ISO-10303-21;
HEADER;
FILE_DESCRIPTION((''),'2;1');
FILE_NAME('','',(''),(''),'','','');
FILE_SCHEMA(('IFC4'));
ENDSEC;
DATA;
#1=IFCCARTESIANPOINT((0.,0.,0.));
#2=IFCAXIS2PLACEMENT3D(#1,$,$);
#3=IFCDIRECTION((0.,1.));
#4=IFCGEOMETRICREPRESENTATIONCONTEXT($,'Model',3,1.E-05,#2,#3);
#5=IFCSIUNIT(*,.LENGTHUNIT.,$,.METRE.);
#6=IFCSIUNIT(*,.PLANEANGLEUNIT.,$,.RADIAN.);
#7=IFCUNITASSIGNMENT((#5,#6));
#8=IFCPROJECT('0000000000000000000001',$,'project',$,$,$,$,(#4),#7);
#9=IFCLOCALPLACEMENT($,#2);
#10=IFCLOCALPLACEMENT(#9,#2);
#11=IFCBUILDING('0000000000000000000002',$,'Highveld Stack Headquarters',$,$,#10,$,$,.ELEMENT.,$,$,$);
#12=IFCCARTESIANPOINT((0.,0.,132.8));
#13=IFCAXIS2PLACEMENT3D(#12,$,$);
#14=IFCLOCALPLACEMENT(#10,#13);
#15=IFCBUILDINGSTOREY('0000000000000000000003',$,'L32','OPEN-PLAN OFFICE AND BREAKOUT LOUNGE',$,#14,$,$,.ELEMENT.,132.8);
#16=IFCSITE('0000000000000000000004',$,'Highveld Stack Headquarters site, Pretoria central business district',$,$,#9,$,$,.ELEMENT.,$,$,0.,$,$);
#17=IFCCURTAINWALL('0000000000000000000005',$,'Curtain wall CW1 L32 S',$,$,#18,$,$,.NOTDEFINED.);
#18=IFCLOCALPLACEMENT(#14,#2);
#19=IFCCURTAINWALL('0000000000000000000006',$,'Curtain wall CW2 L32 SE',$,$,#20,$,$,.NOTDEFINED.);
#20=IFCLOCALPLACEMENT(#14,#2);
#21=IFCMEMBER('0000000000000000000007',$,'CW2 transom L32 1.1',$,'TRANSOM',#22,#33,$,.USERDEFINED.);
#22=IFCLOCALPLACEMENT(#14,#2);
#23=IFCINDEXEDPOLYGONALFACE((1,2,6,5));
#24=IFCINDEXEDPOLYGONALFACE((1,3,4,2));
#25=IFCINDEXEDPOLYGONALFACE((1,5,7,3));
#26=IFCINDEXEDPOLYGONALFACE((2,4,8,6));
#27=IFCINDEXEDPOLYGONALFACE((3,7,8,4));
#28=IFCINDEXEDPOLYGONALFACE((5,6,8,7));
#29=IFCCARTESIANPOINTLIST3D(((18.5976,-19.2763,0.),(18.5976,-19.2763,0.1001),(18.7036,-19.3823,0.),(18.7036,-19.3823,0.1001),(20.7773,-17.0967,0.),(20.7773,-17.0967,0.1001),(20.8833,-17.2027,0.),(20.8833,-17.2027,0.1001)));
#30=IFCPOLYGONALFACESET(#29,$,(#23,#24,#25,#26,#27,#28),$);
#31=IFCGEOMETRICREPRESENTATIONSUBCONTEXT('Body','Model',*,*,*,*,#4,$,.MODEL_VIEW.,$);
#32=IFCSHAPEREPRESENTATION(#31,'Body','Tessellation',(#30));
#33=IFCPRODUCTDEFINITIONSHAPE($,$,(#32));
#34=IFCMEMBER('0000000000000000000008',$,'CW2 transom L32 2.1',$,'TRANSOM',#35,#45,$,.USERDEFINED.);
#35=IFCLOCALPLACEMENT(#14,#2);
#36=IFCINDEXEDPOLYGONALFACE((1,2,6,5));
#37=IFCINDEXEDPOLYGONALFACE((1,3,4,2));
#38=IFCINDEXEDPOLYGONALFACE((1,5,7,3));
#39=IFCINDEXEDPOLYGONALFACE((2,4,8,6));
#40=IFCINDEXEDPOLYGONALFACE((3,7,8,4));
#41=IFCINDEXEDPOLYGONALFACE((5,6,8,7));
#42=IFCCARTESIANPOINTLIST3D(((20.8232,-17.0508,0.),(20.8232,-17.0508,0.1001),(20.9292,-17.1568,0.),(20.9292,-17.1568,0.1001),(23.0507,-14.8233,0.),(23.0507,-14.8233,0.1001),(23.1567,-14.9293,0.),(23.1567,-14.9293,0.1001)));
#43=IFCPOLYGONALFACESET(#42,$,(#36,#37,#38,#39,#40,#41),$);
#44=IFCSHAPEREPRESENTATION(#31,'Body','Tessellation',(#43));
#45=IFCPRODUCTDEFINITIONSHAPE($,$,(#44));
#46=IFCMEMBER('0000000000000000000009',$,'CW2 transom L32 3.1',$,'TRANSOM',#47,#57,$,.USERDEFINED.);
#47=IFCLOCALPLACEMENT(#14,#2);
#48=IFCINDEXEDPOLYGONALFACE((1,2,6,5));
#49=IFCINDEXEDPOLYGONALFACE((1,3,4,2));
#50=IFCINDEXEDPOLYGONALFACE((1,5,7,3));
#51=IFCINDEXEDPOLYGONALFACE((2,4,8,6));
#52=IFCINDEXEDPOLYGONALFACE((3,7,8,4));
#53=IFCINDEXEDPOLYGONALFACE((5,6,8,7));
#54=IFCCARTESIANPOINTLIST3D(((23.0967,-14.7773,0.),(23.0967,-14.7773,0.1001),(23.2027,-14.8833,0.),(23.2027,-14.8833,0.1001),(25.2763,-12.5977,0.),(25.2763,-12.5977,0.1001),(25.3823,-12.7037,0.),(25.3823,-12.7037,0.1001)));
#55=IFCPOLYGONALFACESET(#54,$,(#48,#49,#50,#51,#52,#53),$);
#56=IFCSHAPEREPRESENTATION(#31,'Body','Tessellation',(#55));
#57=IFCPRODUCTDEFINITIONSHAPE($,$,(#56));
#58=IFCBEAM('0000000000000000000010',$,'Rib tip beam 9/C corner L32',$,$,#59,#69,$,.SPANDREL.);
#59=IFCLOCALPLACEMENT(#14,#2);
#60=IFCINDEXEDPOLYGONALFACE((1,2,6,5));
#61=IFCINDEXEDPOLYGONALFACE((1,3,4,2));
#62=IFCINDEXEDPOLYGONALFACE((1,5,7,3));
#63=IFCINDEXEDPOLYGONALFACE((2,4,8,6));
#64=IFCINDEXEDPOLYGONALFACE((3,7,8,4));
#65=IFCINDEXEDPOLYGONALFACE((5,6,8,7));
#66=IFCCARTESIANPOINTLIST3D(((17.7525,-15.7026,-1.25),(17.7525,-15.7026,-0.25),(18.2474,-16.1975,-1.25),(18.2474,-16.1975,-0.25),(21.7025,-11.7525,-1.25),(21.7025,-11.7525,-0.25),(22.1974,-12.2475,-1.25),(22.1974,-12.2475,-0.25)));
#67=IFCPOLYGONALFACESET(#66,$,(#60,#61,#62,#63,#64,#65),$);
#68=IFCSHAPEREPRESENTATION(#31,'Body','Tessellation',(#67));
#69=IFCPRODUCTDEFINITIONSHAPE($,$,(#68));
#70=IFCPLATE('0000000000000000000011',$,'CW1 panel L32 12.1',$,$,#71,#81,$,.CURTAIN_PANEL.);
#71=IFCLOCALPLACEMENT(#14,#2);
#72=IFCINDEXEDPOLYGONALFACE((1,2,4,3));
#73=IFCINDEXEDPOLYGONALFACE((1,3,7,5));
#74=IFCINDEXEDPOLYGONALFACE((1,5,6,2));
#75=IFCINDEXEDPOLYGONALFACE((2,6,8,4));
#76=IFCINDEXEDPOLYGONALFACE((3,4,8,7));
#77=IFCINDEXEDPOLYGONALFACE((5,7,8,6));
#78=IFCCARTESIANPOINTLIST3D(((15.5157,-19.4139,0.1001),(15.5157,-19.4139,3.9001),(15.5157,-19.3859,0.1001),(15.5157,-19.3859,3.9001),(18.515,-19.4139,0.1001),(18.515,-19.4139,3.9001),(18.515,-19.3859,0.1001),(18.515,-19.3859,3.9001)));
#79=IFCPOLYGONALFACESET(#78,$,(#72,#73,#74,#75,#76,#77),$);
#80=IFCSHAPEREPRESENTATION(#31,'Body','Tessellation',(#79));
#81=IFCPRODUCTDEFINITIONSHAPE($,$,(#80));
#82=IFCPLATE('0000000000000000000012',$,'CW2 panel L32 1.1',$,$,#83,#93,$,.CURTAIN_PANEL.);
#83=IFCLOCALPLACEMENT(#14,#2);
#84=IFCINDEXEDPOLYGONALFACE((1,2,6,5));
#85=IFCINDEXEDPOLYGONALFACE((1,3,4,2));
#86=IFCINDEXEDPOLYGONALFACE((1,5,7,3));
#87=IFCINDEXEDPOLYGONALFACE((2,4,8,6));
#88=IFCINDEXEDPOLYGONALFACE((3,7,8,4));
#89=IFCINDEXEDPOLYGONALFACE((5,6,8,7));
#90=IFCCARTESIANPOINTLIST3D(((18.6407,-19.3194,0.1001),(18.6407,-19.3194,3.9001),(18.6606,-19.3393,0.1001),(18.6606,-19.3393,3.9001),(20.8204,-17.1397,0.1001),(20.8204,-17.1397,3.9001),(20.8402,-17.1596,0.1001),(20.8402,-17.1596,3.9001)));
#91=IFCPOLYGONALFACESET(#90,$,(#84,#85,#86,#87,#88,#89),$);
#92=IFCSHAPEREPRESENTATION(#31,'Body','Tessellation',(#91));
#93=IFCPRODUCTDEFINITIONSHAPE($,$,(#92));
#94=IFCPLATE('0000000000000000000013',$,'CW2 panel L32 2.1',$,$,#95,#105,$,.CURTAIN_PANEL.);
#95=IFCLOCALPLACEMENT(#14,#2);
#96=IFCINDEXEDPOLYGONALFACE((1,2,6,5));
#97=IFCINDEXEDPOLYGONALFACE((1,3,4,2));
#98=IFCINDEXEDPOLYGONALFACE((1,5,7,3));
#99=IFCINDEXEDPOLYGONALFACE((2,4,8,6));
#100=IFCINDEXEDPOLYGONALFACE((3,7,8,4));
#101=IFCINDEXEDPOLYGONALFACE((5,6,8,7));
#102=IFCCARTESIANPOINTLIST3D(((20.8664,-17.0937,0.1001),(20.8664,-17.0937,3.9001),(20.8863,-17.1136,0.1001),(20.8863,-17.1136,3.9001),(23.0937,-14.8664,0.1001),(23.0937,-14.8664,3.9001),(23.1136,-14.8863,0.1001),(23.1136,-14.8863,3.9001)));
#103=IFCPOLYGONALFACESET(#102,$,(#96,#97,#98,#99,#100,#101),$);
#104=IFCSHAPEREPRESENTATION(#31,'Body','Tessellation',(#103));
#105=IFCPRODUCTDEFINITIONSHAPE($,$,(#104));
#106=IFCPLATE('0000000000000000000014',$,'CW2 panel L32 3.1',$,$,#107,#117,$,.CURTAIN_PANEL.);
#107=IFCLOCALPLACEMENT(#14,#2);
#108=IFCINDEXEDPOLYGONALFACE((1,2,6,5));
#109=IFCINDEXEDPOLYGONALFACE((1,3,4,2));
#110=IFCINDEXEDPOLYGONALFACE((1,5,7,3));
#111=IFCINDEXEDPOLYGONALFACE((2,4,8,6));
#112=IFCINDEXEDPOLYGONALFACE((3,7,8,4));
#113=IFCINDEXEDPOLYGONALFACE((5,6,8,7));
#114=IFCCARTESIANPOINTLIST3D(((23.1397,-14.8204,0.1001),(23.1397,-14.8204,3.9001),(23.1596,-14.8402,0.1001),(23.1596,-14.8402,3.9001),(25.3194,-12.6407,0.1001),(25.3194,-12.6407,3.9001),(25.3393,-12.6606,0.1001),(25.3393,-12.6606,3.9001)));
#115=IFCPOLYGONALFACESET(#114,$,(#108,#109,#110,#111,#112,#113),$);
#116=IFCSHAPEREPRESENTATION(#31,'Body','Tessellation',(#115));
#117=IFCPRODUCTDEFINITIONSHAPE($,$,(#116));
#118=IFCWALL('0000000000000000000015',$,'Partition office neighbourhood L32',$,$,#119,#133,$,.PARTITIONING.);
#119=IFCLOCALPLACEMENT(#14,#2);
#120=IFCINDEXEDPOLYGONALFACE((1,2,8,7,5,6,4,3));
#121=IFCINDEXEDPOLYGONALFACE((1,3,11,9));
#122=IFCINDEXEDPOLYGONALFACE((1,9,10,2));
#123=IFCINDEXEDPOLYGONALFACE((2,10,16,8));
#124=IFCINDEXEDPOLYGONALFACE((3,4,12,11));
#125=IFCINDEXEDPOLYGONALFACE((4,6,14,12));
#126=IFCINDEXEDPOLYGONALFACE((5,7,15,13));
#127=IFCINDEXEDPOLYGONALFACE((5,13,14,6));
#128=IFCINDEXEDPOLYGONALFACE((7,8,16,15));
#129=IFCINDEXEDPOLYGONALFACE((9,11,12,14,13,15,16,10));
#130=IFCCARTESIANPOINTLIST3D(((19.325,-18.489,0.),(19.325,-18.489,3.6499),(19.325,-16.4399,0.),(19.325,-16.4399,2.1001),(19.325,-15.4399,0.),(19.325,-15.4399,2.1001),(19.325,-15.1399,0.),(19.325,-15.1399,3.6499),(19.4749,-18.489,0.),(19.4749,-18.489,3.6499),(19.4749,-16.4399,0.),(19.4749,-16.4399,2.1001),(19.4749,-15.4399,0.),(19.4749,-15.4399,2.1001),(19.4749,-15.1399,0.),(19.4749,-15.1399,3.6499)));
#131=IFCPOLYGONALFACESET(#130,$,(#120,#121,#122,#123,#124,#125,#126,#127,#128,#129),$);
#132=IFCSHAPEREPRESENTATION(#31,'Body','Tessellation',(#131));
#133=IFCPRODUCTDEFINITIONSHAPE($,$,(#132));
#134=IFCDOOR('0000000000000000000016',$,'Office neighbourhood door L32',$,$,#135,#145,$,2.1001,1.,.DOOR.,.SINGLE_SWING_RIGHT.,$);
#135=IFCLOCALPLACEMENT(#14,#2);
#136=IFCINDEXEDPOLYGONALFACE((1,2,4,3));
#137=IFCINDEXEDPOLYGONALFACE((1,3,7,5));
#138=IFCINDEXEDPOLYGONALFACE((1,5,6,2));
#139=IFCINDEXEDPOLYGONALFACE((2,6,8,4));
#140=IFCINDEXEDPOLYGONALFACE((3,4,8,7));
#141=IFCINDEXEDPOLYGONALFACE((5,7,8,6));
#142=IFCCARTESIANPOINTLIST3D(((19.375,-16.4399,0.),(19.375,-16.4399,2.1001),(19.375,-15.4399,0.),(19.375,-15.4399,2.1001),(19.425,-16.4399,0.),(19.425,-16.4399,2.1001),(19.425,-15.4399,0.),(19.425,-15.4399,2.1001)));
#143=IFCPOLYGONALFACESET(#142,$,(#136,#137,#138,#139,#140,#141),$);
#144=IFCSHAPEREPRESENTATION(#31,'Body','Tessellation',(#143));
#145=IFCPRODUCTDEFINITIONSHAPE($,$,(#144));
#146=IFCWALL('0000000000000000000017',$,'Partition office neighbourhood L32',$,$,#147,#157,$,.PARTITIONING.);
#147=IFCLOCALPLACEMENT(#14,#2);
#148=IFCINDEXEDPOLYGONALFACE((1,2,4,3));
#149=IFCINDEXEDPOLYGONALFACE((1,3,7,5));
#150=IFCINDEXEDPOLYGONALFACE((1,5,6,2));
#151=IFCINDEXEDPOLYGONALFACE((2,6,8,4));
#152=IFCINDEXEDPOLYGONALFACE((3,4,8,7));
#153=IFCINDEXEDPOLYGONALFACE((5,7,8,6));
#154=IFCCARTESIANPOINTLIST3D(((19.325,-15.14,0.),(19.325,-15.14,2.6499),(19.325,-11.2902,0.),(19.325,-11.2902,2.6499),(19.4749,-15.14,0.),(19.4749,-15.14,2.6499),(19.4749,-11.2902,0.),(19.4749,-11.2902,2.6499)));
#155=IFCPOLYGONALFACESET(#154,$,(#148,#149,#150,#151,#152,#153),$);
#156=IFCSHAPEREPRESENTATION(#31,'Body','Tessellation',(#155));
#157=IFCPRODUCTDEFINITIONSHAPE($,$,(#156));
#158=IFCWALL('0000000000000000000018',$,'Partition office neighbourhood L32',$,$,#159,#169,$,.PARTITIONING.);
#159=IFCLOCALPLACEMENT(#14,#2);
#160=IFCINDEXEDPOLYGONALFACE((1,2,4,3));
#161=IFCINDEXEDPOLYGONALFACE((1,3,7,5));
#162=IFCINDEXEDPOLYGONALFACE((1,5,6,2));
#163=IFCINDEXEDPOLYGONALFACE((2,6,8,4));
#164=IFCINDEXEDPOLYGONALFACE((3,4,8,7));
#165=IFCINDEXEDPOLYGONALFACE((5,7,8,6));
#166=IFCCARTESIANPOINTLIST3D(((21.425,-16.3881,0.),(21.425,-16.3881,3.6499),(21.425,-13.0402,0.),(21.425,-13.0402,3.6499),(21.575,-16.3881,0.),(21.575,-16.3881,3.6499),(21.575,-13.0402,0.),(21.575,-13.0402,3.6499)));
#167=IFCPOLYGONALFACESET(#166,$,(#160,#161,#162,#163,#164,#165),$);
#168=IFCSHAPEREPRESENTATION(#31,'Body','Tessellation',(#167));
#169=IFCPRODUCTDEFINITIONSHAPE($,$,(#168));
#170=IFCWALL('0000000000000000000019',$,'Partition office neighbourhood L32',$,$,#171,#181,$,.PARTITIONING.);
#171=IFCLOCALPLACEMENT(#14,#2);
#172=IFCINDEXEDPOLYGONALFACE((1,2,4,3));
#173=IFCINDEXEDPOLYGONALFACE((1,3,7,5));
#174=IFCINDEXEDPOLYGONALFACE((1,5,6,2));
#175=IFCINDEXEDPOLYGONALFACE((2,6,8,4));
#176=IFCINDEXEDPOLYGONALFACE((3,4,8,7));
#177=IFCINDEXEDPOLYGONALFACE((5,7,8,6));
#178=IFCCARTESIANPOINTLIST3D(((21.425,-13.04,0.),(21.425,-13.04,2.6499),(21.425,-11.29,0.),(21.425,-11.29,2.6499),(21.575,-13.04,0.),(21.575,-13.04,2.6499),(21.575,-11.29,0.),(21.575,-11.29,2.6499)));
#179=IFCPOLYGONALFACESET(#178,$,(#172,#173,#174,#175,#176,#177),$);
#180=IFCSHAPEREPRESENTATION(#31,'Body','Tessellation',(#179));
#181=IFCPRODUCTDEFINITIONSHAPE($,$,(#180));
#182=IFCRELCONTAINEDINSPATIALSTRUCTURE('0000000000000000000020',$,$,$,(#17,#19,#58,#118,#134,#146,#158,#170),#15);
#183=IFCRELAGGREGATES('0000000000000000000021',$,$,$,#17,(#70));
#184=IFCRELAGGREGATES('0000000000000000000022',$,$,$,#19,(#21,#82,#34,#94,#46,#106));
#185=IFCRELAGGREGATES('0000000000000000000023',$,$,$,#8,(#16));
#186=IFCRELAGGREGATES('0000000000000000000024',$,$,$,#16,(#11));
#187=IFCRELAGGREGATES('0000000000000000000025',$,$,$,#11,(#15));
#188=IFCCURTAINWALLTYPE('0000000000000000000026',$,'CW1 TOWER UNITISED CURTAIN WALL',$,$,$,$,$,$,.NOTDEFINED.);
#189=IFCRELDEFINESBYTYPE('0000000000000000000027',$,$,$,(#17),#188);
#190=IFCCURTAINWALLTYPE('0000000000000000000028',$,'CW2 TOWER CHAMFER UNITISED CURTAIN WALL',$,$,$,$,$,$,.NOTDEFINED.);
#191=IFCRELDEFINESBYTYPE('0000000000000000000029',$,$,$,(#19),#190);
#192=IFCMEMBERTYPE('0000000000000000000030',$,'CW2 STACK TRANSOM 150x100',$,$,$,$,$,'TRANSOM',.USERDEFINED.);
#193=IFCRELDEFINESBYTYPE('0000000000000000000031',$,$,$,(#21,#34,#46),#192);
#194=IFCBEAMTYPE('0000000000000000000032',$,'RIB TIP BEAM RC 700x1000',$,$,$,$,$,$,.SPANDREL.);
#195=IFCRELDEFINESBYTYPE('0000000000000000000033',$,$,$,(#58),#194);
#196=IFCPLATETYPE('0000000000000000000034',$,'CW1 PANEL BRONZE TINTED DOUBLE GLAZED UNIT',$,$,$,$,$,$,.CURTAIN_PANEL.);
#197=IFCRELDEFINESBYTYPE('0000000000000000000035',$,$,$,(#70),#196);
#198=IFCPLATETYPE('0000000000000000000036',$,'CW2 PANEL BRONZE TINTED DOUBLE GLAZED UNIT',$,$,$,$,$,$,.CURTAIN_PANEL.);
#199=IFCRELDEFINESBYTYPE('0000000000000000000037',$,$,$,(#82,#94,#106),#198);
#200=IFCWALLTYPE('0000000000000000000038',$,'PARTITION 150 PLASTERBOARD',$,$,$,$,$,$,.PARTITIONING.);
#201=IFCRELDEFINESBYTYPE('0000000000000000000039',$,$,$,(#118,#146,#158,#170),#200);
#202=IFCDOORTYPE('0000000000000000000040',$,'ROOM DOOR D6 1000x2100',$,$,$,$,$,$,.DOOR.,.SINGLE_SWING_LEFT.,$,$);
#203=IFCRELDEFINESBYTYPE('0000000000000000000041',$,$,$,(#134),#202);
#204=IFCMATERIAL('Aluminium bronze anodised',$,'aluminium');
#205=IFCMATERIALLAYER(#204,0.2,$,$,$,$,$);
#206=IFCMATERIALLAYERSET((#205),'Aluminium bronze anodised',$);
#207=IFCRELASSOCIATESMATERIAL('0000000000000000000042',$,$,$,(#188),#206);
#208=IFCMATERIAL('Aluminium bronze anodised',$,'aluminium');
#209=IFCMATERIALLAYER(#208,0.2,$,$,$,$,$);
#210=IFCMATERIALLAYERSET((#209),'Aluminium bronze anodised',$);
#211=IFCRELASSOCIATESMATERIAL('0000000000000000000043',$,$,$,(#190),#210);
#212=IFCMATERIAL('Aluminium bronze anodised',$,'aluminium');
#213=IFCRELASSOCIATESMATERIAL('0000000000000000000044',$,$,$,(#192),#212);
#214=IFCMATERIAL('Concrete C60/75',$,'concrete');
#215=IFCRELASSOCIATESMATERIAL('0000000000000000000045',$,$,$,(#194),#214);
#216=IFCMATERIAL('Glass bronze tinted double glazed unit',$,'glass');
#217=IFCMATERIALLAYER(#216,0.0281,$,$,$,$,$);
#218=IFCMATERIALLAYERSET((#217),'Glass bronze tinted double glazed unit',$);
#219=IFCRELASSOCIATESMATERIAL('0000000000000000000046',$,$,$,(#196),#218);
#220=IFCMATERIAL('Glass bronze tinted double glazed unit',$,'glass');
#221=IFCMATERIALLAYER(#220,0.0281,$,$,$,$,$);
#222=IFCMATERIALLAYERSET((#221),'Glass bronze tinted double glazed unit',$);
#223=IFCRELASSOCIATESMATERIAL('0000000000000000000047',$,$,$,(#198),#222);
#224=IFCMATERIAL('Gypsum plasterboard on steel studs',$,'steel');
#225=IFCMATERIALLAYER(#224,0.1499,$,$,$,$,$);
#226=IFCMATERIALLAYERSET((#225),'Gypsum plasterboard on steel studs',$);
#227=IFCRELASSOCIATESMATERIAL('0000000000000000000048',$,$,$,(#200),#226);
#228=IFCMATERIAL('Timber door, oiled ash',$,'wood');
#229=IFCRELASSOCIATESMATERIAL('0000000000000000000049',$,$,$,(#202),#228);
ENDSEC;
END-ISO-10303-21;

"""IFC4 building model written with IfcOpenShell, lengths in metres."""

from ifc_helpers import new_model, si_unit, direction, frame, frame_2d, origin, origin_2d, place, context, subcontext, project, spatial, rectangle, extrude, material, layer, layer_set, material_profile, profile_set, type_object, element, fill, aggregate, save


model = new_model("IFC4")

# Units and contexts
model_context = context("Model", 3, precision=1e-05, world=origin(), true_north=direction((0.0, 1.0)))
body_context = subcontext(model_context, "Body", "Model", "MODEL_VIEW")
ifc_project = project(units=[si_unit("LENGTHUNIT", "METRE"), si_unit("PLANEANGLEUNIT", "RADIAN")], contexts=[model_context])

# Site, building, storey
site_placement = place(None, origin())
site = spatial("IfcSite", under=ifc_project, at=site_placement, Name="Highveld Stack Headquarters site, Pretoria central business district", CompositionType="ELEMENT", RefElevation=0.0)
building_placement = place(site_placement, origin())
building = spatial("IfcBuilding", under=site, at=building_placement, Name="Highveld Stack Headquarters", CompositionType="ELEMENT")
storey_placement = place(building_placement, frame((0.0, 0.0, 132.8)))
storey = spatial("IfcBuildingStorey", under=building, at=storey_placement, Name="L32", Description="OPEN-PLAN OFFICE AND BREAKOUT LOUNGE", CompositionType="ELEMENT", Elevation=132.8)

# Curtain wall
ifc_material_1 = material(Name="Aluminium bronze anodised", Category="aluminium")
ifc_layer_1 = layer(ifc_material_1, 0.2)
ifc_layer_set_1 = layer_set([ifc_layer_1], Name="Aluminium bronze anodised")
curtain_wall_type_1 = type_object("IfcCurtainWallType", Name="CW1 TOWER UNITISED CURTAIN WALL", PredefinedType="NOTDEFINED", material=ifc_layer_set_1)
curtain_wall_1_placement = place(storey_placement, origin())
curtain_wall_1 = element("IfcCurtainWall", 1, at=curtain_wall_1_placement, inside=storey, type_object=curtain_wall_type_1, Name="Curtain wall CW1 L32 S", PredefinedType="NOTDEFINED")

# Curtain wall, members
ifc_material_2 = material(Name="Aluminium bronze anodised", Category="aluminium")
ifc_layer_2 = layer(ifc_material_2, 0.2)
ifc_layer_set_2 = layer_set([ifc_layer_2], Name="Aluminium bronze anodised")
curtain_wall_type_2 = type_object("IfcCurtainWallType", Name="CW2 TOWER CHAMFER UNITISED CURTAIN WALL", PredefinedType="NOTDEFINED", material=ifc_layer_set_2)
curtain_wall_2_placement = place(storey_placement, origin())
curtain_wall_2 = element("IfcCurtainWall", 2, at=curtain_wall_2_placement, inside=storey, type_object=curtain_wall_type_2, Name="Curtain wall CW2 L32 SE", PredefinedType="NOTDEFINED")
ifc_material_3 = material(Name="Aluminium bronze anodised", Category="aluminium")
ifc_material_profile_1 = material_profile(ifc_material_3, rectangle(XDim=0.1499, YDim=0.1001, at=origin_2d()), Name="CW2 TRANSOM 150x100")
ifc_profile_set_1 = profile_set([ifc_material_profile_1], Name="Aluminium bronze anodised")
member_type_1 = type_object("IfcMemberType", Name="CW2 STACK TRANSOM 150x100", ElementType="TRANSOM", PredefinedType="USERDEFINED", material=ifc_profile_set_1)
member_1_placement = place(storey_placement, frame((18.6506, -19.3293, 0.05), z_axis=(0.707107, 0.707107, 0.0), x_axis=(-0.707107, 0.707107, 0.0)))
member_1 = element("IfcMember", 3, at=member_1_placement, type_object=member_type_1, Name="CW2 transom L32 1.1", ObjectType="TRANSOM", PredefinedType="USERDEFINED", context=body_context, shape_type="SweptSolid", body=[
    extrude(rectangle(XDim=0.1499, YDim=0.1001, at=origin_2d()), origin(), (0.0, 0.0, 1.0), 3.0825),
])
member_2_placement = place(storey_placement, frame((20.8762, -17.1038, 0.05), z_axis=(0.707107, 0.707107, 0.0), x_axis=(-0.707107, 0.707107, 0.0)))
member_2 = element("IfcMember", 4, at=member_2_placement, type_object=member_type_1, Name="CW2 transom L32 2.1", ObjectType="TRANSOM", PredefinedType="USERDEFINED", context=body_context, shape_type="SweptSolid", body=[
    extrude(rectangle(XDim=0.1499, YDim=0.1001, at=origin_2d()), origin(), (0.0, 0.0, 1.0), 3.1501),
])
member_3_placement = place(storey_placement, frame((23.1497, -14.8303, 0.05), z_axis=(0.707107, 0.707107, 0.0), x_axis=(-0.707107, 0.707107, 0.0)))
member_3 = element("IfcMember", 5, at=member_3_placement, type_object=member_type_1, Name="CW2 transom L32 3.1", ObjectType="TRANSOM", PredefinedType="USERDEFINED", context=body_context, shape_type="SweptSolid", body=[
    extrude(rectangle(XDim=0.1499, YDim=0.1001, at=origin_2d()), origin(), (0.0, 0.0, 1.0), 3.0825),
])

# Beam
ifc_material_4 = material(Name="Concrete C60/75", Category="concrete")
ifc_material_profile_2 = material_profile(ifc_material_4, rectangle(XDim=0.7, YDim=1.0, at=origin_2d()), Name="RC 700x1000")
ifc_profile_set_2 = profile_set([ifc_material_profile_2], Name="Concrete C60/75")
beam_type_1 = type_object("IfcBeamType", Name="RIB TIP BEAM RC 700x1000", PredefinedType="SPANDREL", material=ifc_profile_set_2)
beam_1_placement = place(storey_placement, frame((21.95, -12.0, -0.75), z_axis=(-0.707107, -0.707107, 0.0), x_axis=(0.707107, -0.707107, 0.0)))
element("IfcBeam", 6, at=beam_1_placement, inside=storey, type_object=beam_type_1, Name="Rib tip beam 9/C corner L32", PredefinedType="SPANDREL", context=body_context, shape_type="SweptSolid", body=[
    extrude(rectangle(XDim=0.7, YDim=1.0, at=origin_2d()), origin(), (0.0, 0.0, 1.0), 5.5862),
])

# Plates
ifc_material_5 = material(Name="Glass bronze tinted double glazed unit", Category="glass")
ifc_layer_3 = layer(ifc_material_5, 0.0281)
ifc_layer_set_3 = layer_set([ifc_layer_3], Name="Glass bronze tinted double glazed unit")
plate_type_1 = type_object("IfcPlateType", Name="CW1 PANEL BRONZE TINTED DOUBLE GLAZED UNIT", PredefinedType="CURTAIN_PANEL", material=ifc_layer_set_3)
plate_1_placement = place(storey_placement, frame((17.0154, -19.3999, 0.1001), z_axis=(0.0, 0.0, 1.0), x_axis=(1.0, 0.0, 0.0)))
plate_1 = element("IfcPlate", 7, at=plate_1_placement, type_object=plate_type_1, Name="CW1 panel L32 12.1", PredefinedType="CURTAIN_PANEL", context=body_context, shape_type="SweptSolid", body=[
    extrude(rectangle(XDim=2.9993, YDim=0.0281, at=origin_2d()), origin(), (0.0, 0.0, 1.0), 3.8),
])
aggregate(curtain_wall_1, [plate_1])
ifc_material_6 = material(Name="Glass bronze tinted double glazed unit", Category="glass")
ifc_layer_4 = layer(ifc_material_6, 0.0281)
ifc_layer_set_4 = layer_set([ifc_layer_4], Name="Glass bronze tinted double glazed unit")
plate_type_2 = type_object("IfcPlateType", Name="CW2 PANEL BRONZE TINTED DOUBLE GLAZED UNIT", PredefinedType="CURTAIN_PANEL", material=ifc_layer_set_4)
plate_2_placement = place(storey_placement, frame((19.7405, -18.2395, 0.1001), z_axis=(0.0, 0.0, 1.0), x_axis=(0.707107, 0.707107, 0.0)))
plate_2 = element("IfcPlate", 8, at=plate_2_placement, type_object=plate_type_2, Name="CW2 panel L32 1.1", PredefinedType="CURTAIN_PANEL", context=body_context, shape_type="SweptSolid", body=[
    extrude(rectangle(XDim=3.0825, YDim=0.0281, at=origin_2d()), origin(), (0.0, 0.0, 1.0), 3.8),
])
plate_3_placement = place(storey_placement, frame((21.99, -15.99, 0.1001), z_axis=(0.0, 0.0, 1.0), x_axis=(0.707107, 0.707107, 0.0)))
plate_3 = element("IfcPlate", 9, at=plate_3_placement, type_object=plate_type_2, Name="CW2 panel L32 2.1", PredefinedType="CURTAIN_PANEL", context=body_context, shape_type="SweptSolid", body=[
    extrude(rectangle(XDim=3.1499, YDim=0.0281, at=origin_2d()), origin(), (0.0, 0.0, 1.0), 3.8),
])
plate_4_placement = place(storey_placement, frame((24.2395, -13.7405, 0.1001), z_axis=(0.0, 0.0, 1.0), x_axis=(0.707107, 0.707107, 0.0)))
plate_4 = element("IfcPlate", 10, at=plate_4_placement, type_object=plate_type_2, Name="CW2 panel L32 3.1", PredefinedType="CURTAIN_PANEL", context=body_context, shape_type="SweptSolid", body=[
    extrude(rectangle(XDim=3.0825, YDim=0.0281, at=origin_2d()), origin(), (0.0, 0.0, 1.0), 3.8),
])
aggregate(curtain_wall_2, [member_1, plate_2, member_2, plate_3, member_3, plate_4])

# Wall, opening, door
ifc_material_7 = material(Name="Gypsum plasterboard on steel studs", Category="steel")
ifc_layer_5 = layer(ifc_material_7, 0.1499)
ifc_layer_set_5 = layer_set([ifc_layer_5], Name="Gypsum plasterboard on steel studs")
wall_type = type_object("IfcWallType", Name="PARTITION 150 PLASTERBOARD", PredefinedType="PARTITIONING", material=ifc_layer_set_5)
wall_1_placement = place(storey_placement, frame((19.3999, -18.489, 0.0), z_axis=(0.0, 0.0, 1.0), x_axis=(0.0, 1.0, 0.0)))
wall_1 = element("IfcWall", 11, at=wall_1_placement, inside=storey, type_object=wall_type, Name="Partition office neighbourhood L32", PredefinedType="PARTITIONING", context=body_context, shape_type="SweptSolid", body=[
    extrude(rectangle(XDim=3.3491, YDim=0.1499, at=frame_2d((1.6746, 0.0))), origin(), (0.0, 0.0, 1.0), 3.6499),
])
opening_placement = place(wall_1_placement, frame((2.0491, 0.0, 0.0)))
opening = element("IfcOpeningElement", 12, at=opening_placement, cuts=wall_1, PredefinedType="OPENING", context=body_context, shape_type="SweptSolid", body=[
    extrude(rectangle(XDim=1.0, YDim=2.1001, at=frame_2d((0.5, 1.05))), frame((0.0, 0.085, 0.0), z_axis=(0.0, -1.0, 0.0), x_axis=(1.0, 0.0, 0.0)), (0.0, 0.0, 1.0), 0.1699),
])
ifc_material_8 = material(Name="Timber door, oiled ash", Category="wood")
door_type = type_object("IfcDoorType", Name="ROOM DOOR D6 1000x2100", OperationType="SINGLE_SWING_LEFT", PredefinedType="DOOR", material=ifc_material_8)
door_placement = place(opening_placement, origin())
door = element("IfcDoor", 13, at=door_placement, inside=storey, type_object=door_type, Name="Office neighbourhood door L32", OperationType="SINGLE_SWING_RIGHT", OverallHeight=2.1001, OverallWidth=1.0, PredefinedType="DOOR", context=body_context, shape_type="SweptSolid", body=[
    extrude(rectangle(XDim=1.0, YDim=2.1001, at=frame_2d((0.5, 1.05))), frame((0.0, 0.0249, 0.0), z_axis=(0.0, -1.0, 0.0), x_axis=(1.0, 0.0, 0.0)), (0.0, 0.0, 1.0), 0.05),
])
fill(opening, door)

# Walls
wall_2_placement = place(storey_placement, frame((19.3999, -15.1399, 0.0), z_axis=(0.0, 0.0, 1.0), x_axis=(0.0, 1.0, 0.0)))
element("IfcWall", 14, at=wall_2_placement, inside=storey, type_object=wall_type, Name="Partition office neighbourhood L32", PredefinedType="PARTITIONING", context=body_context, shape_type="SweptSolid", body=[
    extrude(rectangle(XDim=3.8499, YDim=0.1499, at=frame_2d((1.9248, 0.0))), origin(), (0.0, 0.0, 1.0), 2.6499),
])
wall_3_placement = place(storey_placement, frame((21.5, -16.3879, 0.0), z_axis=(0.0, 0.0, 1.0), x_axis=(0.0, 1.0, 0.0)))
element("IfcWall", 15, at=wall_3_placement, inside=storey, type_object=wall_type, Name="Partition office neighbourhood L32", PredefinedType="PARTITIONING", context=body_context, shape_type="SweptSolid", body=[
    extrude(rectangle(XDim=3.3479, YDim=0.1499, at=frame_2d((1.6738, 0.0))), origin(), (0.0, 0.0, 1.0), 3.6499),
])
wall_4_placement = place(storey_placement, frame((21.5, -13.04, 0.0), z_axis=(0.0, 0.0, 1.0), x_axis=(0.0, 1.0, 0.0)))
element("IfcWall", 16, at=wall_4_placement, inside=storey, type_object=wall_type, Name="Partition office neighbourhood L32", PredefinedType="PARTITIONING", context=body_context, shape_type="SweptSolid", body=[
    extrude(rectangle(XDim=1.75, YDim=0.1499, at=frame_2d((0.875, 0.0))), origin(), (0.0, 0.0, 1.0), 2.6499),
])

save(model, "model.ifc")
